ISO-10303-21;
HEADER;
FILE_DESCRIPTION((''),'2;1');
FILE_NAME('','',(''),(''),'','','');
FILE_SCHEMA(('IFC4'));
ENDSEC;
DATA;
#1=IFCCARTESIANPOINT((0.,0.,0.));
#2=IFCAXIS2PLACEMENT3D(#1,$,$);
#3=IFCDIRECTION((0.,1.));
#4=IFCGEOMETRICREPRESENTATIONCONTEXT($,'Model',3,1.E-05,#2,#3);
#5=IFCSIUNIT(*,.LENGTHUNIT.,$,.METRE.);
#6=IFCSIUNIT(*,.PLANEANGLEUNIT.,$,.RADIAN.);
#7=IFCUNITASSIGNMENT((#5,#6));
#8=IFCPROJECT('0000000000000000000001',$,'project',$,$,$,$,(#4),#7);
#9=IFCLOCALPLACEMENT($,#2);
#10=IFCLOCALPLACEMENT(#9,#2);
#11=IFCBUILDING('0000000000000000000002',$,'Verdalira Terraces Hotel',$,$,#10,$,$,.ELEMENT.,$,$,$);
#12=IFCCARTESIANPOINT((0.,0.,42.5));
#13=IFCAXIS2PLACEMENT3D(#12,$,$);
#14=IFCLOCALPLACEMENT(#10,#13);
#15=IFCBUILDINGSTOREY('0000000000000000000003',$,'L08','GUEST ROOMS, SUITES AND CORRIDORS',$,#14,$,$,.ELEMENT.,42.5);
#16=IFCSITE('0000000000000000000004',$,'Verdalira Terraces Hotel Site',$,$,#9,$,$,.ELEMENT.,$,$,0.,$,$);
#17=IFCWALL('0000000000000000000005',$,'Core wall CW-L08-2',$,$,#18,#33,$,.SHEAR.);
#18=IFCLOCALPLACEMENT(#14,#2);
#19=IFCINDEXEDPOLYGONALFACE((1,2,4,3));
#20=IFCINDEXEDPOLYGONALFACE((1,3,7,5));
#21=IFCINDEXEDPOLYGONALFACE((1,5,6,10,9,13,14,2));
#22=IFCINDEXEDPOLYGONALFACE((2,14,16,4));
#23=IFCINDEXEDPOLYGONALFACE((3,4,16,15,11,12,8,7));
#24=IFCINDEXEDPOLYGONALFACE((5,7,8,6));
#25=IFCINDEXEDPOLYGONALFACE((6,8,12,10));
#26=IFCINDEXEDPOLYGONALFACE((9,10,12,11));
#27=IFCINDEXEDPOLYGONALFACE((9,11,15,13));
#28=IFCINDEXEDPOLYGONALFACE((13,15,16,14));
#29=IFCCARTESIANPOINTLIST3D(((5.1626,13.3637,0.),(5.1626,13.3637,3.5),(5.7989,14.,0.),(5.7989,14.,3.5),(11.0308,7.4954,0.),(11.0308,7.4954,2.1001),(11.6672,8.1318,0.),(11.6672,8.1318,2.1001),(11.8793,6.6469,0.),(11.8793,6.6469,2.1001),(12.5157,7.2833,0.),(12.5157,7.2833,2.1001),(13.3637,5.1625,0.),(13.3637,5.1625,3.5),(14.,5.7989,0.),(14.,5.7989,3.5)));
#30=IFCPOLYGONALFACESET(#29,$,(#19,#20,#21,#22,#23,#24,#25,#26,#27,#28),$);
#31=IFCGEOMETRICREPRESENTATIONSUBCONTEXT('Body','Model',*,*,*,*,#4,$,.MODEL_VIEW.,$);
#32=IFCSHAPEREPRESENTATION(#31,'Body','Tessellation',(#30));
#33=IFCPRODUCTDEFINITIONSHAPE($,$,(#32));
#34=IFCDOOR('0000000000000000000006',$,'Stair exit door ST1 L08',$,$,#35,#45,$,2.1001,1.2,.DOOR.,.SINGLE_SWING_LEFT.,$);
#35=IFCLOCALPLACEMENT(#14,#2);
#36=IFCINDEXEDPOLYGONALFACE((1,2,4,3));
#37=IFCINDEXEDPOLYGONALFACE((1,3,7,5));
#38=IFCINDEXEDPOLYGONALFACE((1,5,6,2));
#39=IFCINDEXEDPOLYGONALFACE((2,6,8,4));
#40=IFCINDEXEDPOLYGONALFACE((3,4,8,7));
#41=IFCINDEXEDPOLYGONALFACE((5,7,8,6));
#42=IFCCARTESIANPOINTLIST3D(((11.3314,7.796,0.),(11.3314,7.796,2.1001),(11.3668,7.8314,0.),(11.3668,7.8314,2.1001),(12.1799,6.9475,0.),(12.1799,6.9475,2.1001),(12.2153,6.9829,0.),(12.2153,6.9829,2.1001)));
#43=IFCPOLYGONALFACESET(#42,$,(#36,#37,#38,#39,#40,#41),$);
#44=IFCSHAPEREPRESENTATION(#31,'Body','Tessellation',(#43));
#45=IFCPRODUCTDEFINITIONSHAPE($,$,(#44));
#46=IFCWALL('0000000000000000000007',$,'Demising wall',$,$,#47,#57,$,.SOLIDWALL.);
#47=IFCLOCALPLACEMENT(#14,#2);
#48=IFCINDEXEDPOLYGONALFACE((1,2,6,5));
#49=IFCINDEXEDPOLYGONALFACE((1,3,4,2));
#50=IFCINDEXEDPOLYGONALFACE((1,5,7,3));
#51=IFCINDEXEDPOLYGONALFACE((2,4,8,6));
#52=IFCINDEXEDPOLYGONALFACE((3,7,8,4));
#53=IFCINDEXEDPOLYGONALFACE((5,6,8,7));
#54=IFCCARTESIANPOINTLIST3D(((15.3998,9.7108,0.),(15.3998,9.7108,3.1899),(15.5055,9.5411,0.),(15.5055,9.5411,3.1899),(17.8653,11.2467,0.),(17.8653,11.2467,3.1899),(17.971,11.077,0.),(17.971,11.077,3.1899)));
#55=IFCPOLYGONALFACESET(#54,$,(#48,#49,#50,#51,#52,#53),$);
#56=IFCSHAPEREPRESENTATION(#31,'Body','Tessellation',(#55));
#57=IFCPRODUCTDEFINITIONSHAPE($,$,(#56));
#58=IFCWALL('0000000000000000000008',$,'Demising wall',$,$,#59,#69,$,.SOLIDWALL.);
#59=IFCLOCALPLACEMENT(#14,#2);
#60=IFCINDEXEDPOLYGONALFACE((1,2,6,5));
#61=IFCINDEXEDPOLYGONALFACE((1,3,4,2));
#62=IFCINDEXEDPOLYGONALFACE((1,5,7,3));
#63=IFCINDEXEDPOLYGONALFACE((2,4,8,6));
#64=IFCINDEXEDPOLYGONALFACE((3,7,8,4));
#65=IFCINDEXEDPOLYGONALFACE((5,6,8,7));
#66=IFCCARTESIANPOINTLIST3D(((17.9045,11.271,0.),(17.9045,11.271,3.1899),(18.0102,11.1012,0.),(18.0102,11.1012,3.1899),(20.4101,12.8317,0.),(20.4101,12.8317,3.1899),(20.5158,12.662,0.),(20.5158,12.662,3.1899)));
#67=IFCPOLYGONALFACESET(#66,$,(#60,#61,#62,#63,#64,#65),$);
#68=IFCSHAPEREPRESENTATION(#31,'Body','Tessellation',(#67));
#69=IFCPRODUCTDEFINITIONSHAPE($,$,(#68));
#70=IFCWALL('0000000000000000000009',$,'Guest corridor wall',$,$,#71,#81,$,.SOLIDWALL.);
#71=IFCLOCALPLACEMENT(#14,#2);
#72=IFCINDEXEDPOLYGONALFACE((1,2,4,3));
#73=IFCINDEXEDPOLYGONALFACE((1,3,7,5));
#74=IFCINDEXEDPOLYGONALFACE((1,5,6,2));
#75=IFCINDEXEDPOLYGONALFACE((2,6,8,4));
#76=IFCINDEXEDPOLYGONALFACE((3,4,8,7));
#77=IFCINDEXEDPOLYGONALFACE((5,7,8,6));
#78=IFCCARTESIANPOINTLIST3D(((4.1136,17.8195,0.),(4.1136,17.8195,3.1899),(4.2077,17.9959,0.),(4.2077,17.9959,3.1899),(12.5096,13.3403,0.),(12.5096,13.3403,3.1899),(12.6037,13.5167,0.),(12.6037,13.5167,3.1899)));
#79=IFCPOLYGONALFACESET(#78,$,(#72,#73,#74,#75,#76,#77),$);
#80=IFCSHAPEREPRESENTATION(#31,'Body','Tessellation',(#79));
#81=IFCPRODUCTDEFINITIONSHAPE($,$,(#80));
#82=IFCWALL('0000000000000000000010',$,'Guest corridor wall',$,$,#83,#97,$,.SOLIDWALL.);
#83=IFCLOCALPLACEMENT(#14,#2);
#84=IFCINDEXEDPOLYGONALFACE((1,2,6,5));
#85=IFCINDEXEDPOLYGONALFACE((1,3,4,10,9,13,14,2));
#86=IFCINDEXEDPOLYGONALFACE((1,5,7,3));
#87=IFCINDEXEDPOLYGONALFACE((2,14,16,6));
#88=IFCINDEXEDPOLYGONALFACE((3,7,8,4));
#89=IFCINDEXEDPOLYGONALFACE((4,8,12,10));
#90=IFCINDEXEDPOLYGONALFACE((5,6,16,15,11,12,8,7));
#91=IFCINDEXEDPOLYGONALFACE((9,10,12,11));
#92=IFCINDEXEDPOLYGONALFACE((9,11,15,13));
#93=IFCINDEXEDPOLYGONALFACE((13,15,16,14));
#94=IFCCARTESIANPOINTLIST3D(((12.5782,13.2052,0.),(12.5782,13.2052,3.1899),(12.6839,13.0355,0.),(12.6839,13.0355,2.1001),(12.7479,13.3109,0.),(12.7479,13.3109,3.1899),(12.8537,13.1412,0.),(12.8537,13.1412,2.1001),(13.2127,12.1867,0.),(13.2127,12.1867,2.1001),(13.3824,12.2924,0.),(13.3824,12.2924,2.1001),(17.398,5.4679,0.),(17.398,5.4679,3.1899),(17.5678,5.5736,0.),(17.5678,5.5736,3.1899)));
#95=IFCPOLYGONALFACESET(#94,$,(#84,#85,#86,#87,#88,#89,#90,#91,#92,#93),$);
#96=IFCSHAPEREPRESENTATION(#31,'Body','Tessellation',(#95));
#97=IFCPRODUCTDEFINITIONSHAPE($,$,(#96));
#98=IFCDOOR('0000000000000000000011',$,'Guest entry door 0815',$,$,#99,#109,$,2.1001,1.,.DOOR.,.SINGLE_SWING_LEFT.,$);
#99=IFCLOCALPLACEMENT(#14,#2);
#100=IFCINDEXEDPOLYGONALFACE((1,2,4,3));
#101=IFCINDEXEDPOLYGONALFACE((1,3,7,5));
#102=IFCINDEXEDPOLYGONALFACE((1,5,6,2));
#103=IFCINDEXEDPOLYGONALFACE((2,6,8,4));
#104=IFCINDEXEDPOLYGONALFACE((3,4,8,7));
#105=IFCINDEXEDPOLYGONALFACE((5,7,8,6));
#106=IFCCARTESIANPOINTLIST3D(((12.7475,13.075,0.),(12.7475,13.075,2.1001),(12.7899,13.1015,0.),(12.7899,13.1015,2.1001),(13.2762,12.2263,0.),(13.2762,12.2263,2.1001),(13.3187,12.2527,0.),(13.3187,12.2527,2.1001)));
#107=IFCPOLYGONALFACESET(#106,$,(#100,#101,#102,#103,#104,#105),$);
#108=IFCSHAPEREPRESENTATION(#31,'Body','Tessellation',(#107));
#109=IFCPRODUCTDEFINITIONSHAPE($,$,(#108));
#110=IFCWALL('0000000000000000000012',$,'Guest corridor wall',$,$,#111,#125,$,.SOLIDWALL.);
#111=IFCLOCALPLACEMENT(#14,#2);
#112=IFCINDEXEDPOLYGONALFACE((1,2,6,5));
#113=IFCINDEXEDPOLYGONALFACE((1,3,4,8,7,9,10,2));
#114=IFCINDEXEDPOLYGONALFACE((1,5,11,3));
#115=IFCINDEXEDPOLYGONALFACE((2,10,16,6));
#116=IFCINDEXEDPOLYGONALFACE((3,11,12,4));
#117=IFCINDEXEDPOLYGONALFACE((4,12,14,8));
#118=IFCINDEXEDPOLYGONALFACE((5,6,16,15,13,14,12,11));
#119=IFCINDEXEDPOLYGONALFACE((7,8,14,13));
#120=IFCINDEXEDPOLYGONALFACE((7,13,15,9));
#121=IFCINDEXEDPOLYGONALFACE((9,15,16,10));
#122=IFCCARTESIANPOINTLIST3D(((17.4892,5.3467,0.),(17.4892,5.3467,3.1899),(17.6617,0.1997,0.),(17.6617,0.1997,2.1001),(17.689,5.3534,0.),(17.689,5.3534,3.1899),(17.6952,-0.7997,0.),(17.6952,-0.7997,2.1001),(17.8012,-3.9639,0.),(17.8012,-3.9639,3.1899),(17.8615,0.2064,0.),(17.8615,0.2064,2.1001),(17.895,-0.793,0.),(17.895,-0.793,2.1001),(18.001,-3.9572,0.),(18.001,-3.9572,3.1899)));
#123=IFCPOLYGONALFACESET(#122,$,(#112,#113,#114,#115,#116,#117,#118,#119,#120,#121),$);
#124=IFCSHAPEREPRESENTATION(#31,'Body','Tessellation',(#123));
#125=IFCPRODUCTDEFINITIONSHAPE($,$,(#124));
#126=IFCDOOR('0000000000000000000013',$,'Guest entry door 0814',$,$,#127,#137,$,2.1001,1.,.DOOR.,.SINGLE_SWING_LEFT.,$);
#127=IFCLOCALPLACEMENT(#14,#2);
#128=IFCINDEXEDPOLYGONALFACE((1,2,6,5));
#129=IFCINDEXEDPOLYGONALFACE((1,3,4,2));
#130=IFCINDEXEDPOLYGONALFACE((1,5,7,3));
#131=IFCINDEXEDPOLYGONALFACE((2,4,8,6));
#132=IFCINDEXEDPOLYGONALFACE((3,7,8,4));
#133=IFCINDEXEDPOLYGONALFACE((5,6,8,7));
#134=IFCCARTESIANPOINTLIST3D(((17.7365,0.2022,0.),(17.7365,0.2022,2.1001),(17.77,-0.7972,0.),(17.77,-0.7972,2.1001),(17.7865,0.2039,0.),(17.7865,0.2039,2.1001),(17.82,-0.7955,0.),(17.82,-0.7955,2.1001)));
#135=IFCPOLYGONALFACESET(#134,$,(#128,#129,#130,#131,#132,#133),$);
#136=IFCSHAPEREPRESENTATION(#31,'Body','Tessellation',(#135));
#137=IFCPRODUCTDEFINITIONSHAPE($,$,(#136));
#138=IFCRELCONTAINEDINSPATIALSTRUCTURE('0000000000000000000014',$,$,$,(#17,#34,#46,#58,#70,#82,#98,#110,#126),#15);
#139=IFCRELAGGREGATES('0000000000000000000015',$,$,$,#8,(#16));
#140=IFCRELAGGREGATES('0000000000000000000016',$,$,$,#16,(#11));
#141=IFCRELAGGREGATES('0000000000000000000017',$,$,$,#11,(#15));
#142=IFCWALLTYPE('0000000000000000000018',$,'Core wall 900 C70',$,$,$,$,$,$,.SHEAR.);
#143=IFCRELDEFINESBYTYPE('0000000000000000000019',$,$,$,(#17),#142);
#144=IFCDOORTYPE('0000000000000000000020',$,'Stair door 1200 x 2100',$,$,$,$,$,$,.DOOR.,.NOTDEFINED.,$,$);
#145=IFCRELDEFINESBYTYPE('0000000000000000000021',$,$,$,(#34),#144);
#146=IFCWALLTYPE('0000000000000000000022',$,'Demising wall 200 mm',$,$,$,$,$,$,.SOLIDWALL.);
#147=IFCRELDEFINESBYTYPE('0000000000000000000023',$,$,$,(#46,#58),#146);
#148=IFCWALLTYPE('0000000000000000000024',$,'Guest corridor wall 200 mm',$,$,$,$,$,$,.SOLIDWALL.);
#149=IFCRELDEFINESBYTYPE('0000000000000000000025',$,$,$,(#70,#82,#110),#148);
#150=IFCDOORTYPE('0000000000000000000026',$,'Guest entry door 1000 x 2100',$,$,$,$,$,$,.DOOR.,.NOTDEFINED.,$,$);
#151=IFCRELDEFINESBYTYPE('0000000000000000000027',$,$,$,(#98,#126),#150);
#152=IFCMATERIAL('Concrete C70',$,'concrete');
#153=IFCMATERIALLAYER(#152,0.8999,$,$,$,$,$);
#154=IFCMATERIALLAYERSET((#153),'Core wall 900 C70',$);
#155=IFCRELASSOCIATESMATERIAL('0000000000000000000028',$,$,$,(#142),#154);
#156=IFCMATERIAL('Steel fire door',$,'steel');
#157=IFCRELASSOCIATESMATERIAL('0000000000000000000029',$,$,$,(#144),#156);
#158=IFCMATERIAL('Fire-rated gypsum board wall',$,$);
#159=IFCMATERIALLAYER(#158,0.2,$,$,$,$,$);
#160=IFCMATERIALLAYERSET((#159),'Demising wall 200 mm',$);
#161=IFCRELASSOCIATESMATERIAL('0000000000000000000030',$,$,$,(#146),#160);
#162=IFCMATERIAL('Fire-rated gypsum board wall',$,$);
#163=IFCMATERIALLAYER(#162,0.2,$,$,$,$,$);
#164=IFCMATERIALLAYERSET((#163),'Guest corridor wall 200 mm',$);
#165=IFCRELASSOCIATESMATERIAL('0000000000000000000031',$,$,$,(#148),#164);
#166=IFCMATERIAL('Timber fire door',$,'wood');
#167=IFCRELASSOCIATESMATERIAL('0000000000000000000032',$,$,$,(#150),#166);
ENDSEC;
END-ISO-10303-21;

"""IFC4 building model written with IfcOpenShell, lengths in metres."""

from ifc_helpers import new_model, si_unit, direction, frame, frame_2d, origin, place, context, subcontext, project, spatial, rectangle, extrude, material, layer, layer_set, type_object, element, fill, save


model = new_model("IFC4")

# Units and contexts
model_context = context("Model", 3, precision=1e-05, world=origin(), true_north=direction((0.0, 1.0)))
body_context = subcontext(model_context, "Body", "Model", "MODEL_VIEW")
ifc_project = project(units=[si_unit("LENGTHUNIT", "METRE"), si_unit("PLANEANGLEUNIT", "RADIAN")], contexts=[model_context])

# Site, building, storey
site_placement = place(None, origin())
site = spatial("IfcSite", under=ifc_project, at=site_placement, Name="Verdalira Terraces Hotel Site", CompositionType="ELEMENT", RefElevation=0.0)
building_placement = place(site_placement, origin())
building = spatial("IfcBuilding", under=site, at=building_placement, Name="Verdalira Terraces Hotel", CompositionType="ELEMENT")
storey_placement = place(building_placement, frame((0.0, 0.0, 42.5)))
storey = spatial("IfcBuildingStorey", under=building, at=storey_placement, Name="L08", Description="GUEST ROOMS, SUITES AND CORRIDORS", CompositionType="ELEMENT", Elevation=42.5)

# Wall, opening, door
ifc_material_1 = material(Name="Concrete C70", Category="concrete")
ifc_layer_1 = layer(ifc_material_1, 0.8999)
ifc_layer_set_1 = layer_set([ifc_layer_1], Name="Core wall 900 C70")
wall_type_1 = type_object("IfcWallType", Name="Core wall 900 C70", PredefinedType="SHEAR", material=ifc_layer_set_1)
wall_1_placement = place(storey_placement, frame((13.6819, 5.4807, 0.0), z_axis=(0.0, 0.0, 1.0), x_axis=(-0.707107, 0.707107, 0.0)))
wall_1 = element("IfcWall", 1, at=wall_1_placement, inside=storey, type_object=wall_type_1, Name="Core wall CW-L08-2", PredefinedType="SHEAR", context=body_context, shape_type="SweptSolid", body=[
    extrude(rectangle(XDim=11.5981, YDim=0.8999, at=frame_2d((5.7991, 0.0))), origin(), (0.0, 0.0, 1.0), 3.5),
])
opening_1_placement = place(wall_1_placement, frame((2.0991, 0.0, 0.0)))
opening_1 = element("IfcOpeningElement", 2, at=opening_1_placement, cuts=wall_1, PredefinedType="OPENING", context=body_context, shape_type="SweptSolid", body=[
    extrude(rectangle(XDim=1.2, YDim=2.1001, at=frame_2d((0.6001, 1.05))), frame((0.0, 0.46, 0.0), z_axis=(0.0, -1.0, 0.0), x_axis=(1.0, 0.0, 0.0)), (0.0, 0.0, 1.0), 0.9199),
])
ifc_material_2 = material(Name="Steel fire door", Category="steel")
door_type_1 = type_object("IfcDoorType", Name="Stair door 1200 x 2100", OperationType="NOTDEFINED", PredefinedType="DOOR", material=ifc_material_2)
door_1_placement = place(opening_1_placement, origin())
door_1 = element("IfcDoor", 3, at=door_1_placement, inside=storey, type_object=door_type_1, Name="Stair exit door ST1 L08", OperationType="SINGLE_SWING_LEFT", OverallHeight=2.1001, OverallWidth=1.2, PredefinedType="DOOR", context=body_context, shape_type="SweptSolid", body=[
    extrude(rectangle(XDim=1.2, YDim=2.1001, at=frame_2d((0.6001, 1.05))), frame((0.0, 0.0249, 0.0), z_axis=(0.0, -1.0, 0.0), x_axis=(1.0, 0.0, 0.0)), (0.0, 0.0, 1.0), 0.05),
])
fill(opening_1, door_1)

# Walls
ifc_material_3 = material(Name="Fire-rated gypsum board wall")
ifc_layer_2 = layer(ifc_material_3, 0.2)
ifc_layer_set_2 = layer_set([ifc_layer_2], Name="Demising wall 200 mm")
wall_type_2 = type_object("IfcWallType", Name="Demising wall 200 mm", PredefinedType="SOLIDWALL", material=ifc_layer_set_2)
wall_2_placement = place(storey_placement, frame((15.4526, 9.626, 0.0), z_axis=(0.0, 0.0, 1.0), x_axis=(0.848786, 0.528737, 0.0)))
element("IfcWall", 4, at=wall_2_placement, inside=storey, type_object=wall_type_2, Name="Demising wall", PredefinedType="SOLIDWALL", context=body_context, shape_type="SweptSolid", body=[
    extrude(rectangle(XDim=2.9048, YDim=0.2, at=frame_2d((1.4524, 0.0))), origin(), (0.0, 0.0, 1.0), 3.1899),
])
wall_3_placement = place(storey_placement, frame((17.9573, 11.186, 0.0), z_axis=(0.0, 0.0, 1.0), x_axis=(0.848792, 0.528727, 0.0)))
element("IfcWall", 5, at=wall_3_placement, inside=storey, type_object=wall_type_2, Name="Demising wall", PredefinedType="SOLIDWALL", context=body_context, shape_type="SweptSolid", body=[
    extrude(rectangle(XDim=2.9519, YDim=0.2, at=frame_2d((1.4761, 0.0))), origin(), (0.0, 0.0, 1.0), 3.1899),
])
ifc_material_4 = material(Name="Fire-rated gypsum board wall")
ifc_layer_3 = layer(ifc_material_4, 0.2)
ifc_layer_set_3 = layer_set([ifc_layer_3], Name="Guest corridor wall 200 mm")
wall_type_3 = type_object("IfcWallType", Name="Guest corridor wall 200 mm", PredefinedType="SOLIDWALL", material=ifc_layer_set_3)
wall_4_placement = place(storey_placement, frame((12.5566, 13.4285, 0.0), z_axis=(0.0, 0.0, 1.0), x_axis=(-0.882293, 0.470701, 0.0)))
element("IfcWall", 6, at=wall_4_placement, inside=storey, type_object=wall_type_3, Name="Guest corridor wall", PredefinedType="SOLIDWALL", context=body_context, shape_type="SweptSolid", body=[
    extrude(rectangle(XDim=9.5161, YDim=0.2, at=frame_2d((4.7581, 0.0))), origin(), (0.0, 0.0, 1.0), 3.1899),
])

# Walls, openings, doors
wall_5_placement = place(storey_placement, frame((12.6631, 13.2581, 0.0), z_axis=(0.0, 0.0, 1.0), x_axis=(0.528737, -0.848786, 0.0)))
wall_5 = element("IfcWall", 7, at=wall_5_placement, inside=storey, type_object=wall_type_3, Name="Guest corridor wall", PredefinedType="SOLIDWALL", context=body_context, shape_type="SweptSolid", body=[
    extrude(rectangle(XDim=9.1157, YDim=0.2, at=frame_2d((4.5579, 0.0))), origin(), (0.0, 0.0, 1.0), 3.1899),
])
opening_2_placement = place(wall_5_placement, frame((0.2, 0.0, 0.0)))
opening_2 = element("IfcOpeningElement", 8, at=opening_2_placement, cuts=wall_5, PredefinedType="OPENING", context=body_context, shape_type="SweptSolid", body=[
    extrude(rectangle(XDim=1.0, YDim=2.1001, at=frame_2d((0.5, 1.05))), frame((0.0, 0.1099, 0.0), z_axis=(0.0, -1.0, 0.0), x_axis=(1.0, 0.0, 0.0)), (0.0, 0.0, 1.0), 0.22),
])
ifc_material_5 = material(Name="Timber fire door", Category="wood")
door_type_2 = type_object("IfcDoorType", Name="Guest entry door 1000 x 2100", OperationType="NOTDEFINED", PredefinedType="DOOR", material=ifc_material_5)
door_2_placement = place(opening_2_placement, origin())
door_2 = element("IfcDoor", 9, at=door_2_placement, inside=storey, type_object=door_type_2, Name="Guest entry door 0815", OperationType="SINGLE_SWING_LEFT", OverallHeight=2.1001, OverallWidth=1.0, PredefinedType="DOOR", context=body_context, shape_type="SweptSolid", body=[
    extrude(rectangle(XDim=1.0, YDim=2.1001, at=frame_2d((0.5, 1.05))), frame((0.0, 0.0249, 0.0), z_axis=(0.0, -1.0, 0.0), x_axis=(1.0, 0.0, 0.0)), (0.0, 0.0, 1.0), 0.05),
])
fill(opening_2, door_2)
wall_6_placement = place(storey_placement, frame((17.5891, 5.3501, 0.0), z_axis=(0.0, 0.0, 1.0), x_axis=(0.033492, -0.999439, 0.0)))
wall_6 = element("IfcWall", 10, at=wall_6_placement, inside=storey, type_object=wall_type_3, Name="Guest corridor wall", PredefinedType="SOLIDWALL", context=body_context, shape_type="SweptSolid", body=[
    extrude(rectangle(XDim=9.3159, YDim=0.2, at=frame_2d((4.658, 0.0))), origin(), (0.0, 0.0, 1.0), 3.1899),
])
opening_3_placement = place(wall_6_placement, frame((5.1499, 0.0, 0.0)))
opening_3 = element("IfcOpeningElement", 11, at=opening_3_placement, cuts=wall_6, PredefinedType="OPENING", context=body_context, shape_type="SweptSolid", body=[
    extrude(rectangle(XDim=1.0, YDim=2.1001, at=frame_2d((0.5, 1.05))), frame((0.0, 0.1099, 0.0), z_axis=(0.0, -1.0, 0.0), x_axis=(1.0, 0.0, 0.0)), (0.0, 0.0, 1.0), 0.22),
])
door_3_placement = place(opening_3_placement, origin())
door_3 = element("IfcDoor", 12, at=door_3_placement, inside=storey, type_object=door_type_2, Name="Guest entry door 0814", OperationType="SINGLE_SWING_LEFT", OverallHeight=2.1001, OverallWidth=1.0, PredefinedType="DOOR", context=body_context, shape_type="SweptSolid", body=[
    extrude(rectangle(XDim=1.0, YDim=2.1001, at=frame_2d((0.5, 1.05))), frame((0.0, 0.0249, 0.0), z_axis=(0.0, -1.0, 0.0), x_axis=(1.0, 0.0, 0.0)), (0.0, 0.0, 1.0), 0.05),
])
fill(opening_3, door_3)

save(model, "model.ifc")
